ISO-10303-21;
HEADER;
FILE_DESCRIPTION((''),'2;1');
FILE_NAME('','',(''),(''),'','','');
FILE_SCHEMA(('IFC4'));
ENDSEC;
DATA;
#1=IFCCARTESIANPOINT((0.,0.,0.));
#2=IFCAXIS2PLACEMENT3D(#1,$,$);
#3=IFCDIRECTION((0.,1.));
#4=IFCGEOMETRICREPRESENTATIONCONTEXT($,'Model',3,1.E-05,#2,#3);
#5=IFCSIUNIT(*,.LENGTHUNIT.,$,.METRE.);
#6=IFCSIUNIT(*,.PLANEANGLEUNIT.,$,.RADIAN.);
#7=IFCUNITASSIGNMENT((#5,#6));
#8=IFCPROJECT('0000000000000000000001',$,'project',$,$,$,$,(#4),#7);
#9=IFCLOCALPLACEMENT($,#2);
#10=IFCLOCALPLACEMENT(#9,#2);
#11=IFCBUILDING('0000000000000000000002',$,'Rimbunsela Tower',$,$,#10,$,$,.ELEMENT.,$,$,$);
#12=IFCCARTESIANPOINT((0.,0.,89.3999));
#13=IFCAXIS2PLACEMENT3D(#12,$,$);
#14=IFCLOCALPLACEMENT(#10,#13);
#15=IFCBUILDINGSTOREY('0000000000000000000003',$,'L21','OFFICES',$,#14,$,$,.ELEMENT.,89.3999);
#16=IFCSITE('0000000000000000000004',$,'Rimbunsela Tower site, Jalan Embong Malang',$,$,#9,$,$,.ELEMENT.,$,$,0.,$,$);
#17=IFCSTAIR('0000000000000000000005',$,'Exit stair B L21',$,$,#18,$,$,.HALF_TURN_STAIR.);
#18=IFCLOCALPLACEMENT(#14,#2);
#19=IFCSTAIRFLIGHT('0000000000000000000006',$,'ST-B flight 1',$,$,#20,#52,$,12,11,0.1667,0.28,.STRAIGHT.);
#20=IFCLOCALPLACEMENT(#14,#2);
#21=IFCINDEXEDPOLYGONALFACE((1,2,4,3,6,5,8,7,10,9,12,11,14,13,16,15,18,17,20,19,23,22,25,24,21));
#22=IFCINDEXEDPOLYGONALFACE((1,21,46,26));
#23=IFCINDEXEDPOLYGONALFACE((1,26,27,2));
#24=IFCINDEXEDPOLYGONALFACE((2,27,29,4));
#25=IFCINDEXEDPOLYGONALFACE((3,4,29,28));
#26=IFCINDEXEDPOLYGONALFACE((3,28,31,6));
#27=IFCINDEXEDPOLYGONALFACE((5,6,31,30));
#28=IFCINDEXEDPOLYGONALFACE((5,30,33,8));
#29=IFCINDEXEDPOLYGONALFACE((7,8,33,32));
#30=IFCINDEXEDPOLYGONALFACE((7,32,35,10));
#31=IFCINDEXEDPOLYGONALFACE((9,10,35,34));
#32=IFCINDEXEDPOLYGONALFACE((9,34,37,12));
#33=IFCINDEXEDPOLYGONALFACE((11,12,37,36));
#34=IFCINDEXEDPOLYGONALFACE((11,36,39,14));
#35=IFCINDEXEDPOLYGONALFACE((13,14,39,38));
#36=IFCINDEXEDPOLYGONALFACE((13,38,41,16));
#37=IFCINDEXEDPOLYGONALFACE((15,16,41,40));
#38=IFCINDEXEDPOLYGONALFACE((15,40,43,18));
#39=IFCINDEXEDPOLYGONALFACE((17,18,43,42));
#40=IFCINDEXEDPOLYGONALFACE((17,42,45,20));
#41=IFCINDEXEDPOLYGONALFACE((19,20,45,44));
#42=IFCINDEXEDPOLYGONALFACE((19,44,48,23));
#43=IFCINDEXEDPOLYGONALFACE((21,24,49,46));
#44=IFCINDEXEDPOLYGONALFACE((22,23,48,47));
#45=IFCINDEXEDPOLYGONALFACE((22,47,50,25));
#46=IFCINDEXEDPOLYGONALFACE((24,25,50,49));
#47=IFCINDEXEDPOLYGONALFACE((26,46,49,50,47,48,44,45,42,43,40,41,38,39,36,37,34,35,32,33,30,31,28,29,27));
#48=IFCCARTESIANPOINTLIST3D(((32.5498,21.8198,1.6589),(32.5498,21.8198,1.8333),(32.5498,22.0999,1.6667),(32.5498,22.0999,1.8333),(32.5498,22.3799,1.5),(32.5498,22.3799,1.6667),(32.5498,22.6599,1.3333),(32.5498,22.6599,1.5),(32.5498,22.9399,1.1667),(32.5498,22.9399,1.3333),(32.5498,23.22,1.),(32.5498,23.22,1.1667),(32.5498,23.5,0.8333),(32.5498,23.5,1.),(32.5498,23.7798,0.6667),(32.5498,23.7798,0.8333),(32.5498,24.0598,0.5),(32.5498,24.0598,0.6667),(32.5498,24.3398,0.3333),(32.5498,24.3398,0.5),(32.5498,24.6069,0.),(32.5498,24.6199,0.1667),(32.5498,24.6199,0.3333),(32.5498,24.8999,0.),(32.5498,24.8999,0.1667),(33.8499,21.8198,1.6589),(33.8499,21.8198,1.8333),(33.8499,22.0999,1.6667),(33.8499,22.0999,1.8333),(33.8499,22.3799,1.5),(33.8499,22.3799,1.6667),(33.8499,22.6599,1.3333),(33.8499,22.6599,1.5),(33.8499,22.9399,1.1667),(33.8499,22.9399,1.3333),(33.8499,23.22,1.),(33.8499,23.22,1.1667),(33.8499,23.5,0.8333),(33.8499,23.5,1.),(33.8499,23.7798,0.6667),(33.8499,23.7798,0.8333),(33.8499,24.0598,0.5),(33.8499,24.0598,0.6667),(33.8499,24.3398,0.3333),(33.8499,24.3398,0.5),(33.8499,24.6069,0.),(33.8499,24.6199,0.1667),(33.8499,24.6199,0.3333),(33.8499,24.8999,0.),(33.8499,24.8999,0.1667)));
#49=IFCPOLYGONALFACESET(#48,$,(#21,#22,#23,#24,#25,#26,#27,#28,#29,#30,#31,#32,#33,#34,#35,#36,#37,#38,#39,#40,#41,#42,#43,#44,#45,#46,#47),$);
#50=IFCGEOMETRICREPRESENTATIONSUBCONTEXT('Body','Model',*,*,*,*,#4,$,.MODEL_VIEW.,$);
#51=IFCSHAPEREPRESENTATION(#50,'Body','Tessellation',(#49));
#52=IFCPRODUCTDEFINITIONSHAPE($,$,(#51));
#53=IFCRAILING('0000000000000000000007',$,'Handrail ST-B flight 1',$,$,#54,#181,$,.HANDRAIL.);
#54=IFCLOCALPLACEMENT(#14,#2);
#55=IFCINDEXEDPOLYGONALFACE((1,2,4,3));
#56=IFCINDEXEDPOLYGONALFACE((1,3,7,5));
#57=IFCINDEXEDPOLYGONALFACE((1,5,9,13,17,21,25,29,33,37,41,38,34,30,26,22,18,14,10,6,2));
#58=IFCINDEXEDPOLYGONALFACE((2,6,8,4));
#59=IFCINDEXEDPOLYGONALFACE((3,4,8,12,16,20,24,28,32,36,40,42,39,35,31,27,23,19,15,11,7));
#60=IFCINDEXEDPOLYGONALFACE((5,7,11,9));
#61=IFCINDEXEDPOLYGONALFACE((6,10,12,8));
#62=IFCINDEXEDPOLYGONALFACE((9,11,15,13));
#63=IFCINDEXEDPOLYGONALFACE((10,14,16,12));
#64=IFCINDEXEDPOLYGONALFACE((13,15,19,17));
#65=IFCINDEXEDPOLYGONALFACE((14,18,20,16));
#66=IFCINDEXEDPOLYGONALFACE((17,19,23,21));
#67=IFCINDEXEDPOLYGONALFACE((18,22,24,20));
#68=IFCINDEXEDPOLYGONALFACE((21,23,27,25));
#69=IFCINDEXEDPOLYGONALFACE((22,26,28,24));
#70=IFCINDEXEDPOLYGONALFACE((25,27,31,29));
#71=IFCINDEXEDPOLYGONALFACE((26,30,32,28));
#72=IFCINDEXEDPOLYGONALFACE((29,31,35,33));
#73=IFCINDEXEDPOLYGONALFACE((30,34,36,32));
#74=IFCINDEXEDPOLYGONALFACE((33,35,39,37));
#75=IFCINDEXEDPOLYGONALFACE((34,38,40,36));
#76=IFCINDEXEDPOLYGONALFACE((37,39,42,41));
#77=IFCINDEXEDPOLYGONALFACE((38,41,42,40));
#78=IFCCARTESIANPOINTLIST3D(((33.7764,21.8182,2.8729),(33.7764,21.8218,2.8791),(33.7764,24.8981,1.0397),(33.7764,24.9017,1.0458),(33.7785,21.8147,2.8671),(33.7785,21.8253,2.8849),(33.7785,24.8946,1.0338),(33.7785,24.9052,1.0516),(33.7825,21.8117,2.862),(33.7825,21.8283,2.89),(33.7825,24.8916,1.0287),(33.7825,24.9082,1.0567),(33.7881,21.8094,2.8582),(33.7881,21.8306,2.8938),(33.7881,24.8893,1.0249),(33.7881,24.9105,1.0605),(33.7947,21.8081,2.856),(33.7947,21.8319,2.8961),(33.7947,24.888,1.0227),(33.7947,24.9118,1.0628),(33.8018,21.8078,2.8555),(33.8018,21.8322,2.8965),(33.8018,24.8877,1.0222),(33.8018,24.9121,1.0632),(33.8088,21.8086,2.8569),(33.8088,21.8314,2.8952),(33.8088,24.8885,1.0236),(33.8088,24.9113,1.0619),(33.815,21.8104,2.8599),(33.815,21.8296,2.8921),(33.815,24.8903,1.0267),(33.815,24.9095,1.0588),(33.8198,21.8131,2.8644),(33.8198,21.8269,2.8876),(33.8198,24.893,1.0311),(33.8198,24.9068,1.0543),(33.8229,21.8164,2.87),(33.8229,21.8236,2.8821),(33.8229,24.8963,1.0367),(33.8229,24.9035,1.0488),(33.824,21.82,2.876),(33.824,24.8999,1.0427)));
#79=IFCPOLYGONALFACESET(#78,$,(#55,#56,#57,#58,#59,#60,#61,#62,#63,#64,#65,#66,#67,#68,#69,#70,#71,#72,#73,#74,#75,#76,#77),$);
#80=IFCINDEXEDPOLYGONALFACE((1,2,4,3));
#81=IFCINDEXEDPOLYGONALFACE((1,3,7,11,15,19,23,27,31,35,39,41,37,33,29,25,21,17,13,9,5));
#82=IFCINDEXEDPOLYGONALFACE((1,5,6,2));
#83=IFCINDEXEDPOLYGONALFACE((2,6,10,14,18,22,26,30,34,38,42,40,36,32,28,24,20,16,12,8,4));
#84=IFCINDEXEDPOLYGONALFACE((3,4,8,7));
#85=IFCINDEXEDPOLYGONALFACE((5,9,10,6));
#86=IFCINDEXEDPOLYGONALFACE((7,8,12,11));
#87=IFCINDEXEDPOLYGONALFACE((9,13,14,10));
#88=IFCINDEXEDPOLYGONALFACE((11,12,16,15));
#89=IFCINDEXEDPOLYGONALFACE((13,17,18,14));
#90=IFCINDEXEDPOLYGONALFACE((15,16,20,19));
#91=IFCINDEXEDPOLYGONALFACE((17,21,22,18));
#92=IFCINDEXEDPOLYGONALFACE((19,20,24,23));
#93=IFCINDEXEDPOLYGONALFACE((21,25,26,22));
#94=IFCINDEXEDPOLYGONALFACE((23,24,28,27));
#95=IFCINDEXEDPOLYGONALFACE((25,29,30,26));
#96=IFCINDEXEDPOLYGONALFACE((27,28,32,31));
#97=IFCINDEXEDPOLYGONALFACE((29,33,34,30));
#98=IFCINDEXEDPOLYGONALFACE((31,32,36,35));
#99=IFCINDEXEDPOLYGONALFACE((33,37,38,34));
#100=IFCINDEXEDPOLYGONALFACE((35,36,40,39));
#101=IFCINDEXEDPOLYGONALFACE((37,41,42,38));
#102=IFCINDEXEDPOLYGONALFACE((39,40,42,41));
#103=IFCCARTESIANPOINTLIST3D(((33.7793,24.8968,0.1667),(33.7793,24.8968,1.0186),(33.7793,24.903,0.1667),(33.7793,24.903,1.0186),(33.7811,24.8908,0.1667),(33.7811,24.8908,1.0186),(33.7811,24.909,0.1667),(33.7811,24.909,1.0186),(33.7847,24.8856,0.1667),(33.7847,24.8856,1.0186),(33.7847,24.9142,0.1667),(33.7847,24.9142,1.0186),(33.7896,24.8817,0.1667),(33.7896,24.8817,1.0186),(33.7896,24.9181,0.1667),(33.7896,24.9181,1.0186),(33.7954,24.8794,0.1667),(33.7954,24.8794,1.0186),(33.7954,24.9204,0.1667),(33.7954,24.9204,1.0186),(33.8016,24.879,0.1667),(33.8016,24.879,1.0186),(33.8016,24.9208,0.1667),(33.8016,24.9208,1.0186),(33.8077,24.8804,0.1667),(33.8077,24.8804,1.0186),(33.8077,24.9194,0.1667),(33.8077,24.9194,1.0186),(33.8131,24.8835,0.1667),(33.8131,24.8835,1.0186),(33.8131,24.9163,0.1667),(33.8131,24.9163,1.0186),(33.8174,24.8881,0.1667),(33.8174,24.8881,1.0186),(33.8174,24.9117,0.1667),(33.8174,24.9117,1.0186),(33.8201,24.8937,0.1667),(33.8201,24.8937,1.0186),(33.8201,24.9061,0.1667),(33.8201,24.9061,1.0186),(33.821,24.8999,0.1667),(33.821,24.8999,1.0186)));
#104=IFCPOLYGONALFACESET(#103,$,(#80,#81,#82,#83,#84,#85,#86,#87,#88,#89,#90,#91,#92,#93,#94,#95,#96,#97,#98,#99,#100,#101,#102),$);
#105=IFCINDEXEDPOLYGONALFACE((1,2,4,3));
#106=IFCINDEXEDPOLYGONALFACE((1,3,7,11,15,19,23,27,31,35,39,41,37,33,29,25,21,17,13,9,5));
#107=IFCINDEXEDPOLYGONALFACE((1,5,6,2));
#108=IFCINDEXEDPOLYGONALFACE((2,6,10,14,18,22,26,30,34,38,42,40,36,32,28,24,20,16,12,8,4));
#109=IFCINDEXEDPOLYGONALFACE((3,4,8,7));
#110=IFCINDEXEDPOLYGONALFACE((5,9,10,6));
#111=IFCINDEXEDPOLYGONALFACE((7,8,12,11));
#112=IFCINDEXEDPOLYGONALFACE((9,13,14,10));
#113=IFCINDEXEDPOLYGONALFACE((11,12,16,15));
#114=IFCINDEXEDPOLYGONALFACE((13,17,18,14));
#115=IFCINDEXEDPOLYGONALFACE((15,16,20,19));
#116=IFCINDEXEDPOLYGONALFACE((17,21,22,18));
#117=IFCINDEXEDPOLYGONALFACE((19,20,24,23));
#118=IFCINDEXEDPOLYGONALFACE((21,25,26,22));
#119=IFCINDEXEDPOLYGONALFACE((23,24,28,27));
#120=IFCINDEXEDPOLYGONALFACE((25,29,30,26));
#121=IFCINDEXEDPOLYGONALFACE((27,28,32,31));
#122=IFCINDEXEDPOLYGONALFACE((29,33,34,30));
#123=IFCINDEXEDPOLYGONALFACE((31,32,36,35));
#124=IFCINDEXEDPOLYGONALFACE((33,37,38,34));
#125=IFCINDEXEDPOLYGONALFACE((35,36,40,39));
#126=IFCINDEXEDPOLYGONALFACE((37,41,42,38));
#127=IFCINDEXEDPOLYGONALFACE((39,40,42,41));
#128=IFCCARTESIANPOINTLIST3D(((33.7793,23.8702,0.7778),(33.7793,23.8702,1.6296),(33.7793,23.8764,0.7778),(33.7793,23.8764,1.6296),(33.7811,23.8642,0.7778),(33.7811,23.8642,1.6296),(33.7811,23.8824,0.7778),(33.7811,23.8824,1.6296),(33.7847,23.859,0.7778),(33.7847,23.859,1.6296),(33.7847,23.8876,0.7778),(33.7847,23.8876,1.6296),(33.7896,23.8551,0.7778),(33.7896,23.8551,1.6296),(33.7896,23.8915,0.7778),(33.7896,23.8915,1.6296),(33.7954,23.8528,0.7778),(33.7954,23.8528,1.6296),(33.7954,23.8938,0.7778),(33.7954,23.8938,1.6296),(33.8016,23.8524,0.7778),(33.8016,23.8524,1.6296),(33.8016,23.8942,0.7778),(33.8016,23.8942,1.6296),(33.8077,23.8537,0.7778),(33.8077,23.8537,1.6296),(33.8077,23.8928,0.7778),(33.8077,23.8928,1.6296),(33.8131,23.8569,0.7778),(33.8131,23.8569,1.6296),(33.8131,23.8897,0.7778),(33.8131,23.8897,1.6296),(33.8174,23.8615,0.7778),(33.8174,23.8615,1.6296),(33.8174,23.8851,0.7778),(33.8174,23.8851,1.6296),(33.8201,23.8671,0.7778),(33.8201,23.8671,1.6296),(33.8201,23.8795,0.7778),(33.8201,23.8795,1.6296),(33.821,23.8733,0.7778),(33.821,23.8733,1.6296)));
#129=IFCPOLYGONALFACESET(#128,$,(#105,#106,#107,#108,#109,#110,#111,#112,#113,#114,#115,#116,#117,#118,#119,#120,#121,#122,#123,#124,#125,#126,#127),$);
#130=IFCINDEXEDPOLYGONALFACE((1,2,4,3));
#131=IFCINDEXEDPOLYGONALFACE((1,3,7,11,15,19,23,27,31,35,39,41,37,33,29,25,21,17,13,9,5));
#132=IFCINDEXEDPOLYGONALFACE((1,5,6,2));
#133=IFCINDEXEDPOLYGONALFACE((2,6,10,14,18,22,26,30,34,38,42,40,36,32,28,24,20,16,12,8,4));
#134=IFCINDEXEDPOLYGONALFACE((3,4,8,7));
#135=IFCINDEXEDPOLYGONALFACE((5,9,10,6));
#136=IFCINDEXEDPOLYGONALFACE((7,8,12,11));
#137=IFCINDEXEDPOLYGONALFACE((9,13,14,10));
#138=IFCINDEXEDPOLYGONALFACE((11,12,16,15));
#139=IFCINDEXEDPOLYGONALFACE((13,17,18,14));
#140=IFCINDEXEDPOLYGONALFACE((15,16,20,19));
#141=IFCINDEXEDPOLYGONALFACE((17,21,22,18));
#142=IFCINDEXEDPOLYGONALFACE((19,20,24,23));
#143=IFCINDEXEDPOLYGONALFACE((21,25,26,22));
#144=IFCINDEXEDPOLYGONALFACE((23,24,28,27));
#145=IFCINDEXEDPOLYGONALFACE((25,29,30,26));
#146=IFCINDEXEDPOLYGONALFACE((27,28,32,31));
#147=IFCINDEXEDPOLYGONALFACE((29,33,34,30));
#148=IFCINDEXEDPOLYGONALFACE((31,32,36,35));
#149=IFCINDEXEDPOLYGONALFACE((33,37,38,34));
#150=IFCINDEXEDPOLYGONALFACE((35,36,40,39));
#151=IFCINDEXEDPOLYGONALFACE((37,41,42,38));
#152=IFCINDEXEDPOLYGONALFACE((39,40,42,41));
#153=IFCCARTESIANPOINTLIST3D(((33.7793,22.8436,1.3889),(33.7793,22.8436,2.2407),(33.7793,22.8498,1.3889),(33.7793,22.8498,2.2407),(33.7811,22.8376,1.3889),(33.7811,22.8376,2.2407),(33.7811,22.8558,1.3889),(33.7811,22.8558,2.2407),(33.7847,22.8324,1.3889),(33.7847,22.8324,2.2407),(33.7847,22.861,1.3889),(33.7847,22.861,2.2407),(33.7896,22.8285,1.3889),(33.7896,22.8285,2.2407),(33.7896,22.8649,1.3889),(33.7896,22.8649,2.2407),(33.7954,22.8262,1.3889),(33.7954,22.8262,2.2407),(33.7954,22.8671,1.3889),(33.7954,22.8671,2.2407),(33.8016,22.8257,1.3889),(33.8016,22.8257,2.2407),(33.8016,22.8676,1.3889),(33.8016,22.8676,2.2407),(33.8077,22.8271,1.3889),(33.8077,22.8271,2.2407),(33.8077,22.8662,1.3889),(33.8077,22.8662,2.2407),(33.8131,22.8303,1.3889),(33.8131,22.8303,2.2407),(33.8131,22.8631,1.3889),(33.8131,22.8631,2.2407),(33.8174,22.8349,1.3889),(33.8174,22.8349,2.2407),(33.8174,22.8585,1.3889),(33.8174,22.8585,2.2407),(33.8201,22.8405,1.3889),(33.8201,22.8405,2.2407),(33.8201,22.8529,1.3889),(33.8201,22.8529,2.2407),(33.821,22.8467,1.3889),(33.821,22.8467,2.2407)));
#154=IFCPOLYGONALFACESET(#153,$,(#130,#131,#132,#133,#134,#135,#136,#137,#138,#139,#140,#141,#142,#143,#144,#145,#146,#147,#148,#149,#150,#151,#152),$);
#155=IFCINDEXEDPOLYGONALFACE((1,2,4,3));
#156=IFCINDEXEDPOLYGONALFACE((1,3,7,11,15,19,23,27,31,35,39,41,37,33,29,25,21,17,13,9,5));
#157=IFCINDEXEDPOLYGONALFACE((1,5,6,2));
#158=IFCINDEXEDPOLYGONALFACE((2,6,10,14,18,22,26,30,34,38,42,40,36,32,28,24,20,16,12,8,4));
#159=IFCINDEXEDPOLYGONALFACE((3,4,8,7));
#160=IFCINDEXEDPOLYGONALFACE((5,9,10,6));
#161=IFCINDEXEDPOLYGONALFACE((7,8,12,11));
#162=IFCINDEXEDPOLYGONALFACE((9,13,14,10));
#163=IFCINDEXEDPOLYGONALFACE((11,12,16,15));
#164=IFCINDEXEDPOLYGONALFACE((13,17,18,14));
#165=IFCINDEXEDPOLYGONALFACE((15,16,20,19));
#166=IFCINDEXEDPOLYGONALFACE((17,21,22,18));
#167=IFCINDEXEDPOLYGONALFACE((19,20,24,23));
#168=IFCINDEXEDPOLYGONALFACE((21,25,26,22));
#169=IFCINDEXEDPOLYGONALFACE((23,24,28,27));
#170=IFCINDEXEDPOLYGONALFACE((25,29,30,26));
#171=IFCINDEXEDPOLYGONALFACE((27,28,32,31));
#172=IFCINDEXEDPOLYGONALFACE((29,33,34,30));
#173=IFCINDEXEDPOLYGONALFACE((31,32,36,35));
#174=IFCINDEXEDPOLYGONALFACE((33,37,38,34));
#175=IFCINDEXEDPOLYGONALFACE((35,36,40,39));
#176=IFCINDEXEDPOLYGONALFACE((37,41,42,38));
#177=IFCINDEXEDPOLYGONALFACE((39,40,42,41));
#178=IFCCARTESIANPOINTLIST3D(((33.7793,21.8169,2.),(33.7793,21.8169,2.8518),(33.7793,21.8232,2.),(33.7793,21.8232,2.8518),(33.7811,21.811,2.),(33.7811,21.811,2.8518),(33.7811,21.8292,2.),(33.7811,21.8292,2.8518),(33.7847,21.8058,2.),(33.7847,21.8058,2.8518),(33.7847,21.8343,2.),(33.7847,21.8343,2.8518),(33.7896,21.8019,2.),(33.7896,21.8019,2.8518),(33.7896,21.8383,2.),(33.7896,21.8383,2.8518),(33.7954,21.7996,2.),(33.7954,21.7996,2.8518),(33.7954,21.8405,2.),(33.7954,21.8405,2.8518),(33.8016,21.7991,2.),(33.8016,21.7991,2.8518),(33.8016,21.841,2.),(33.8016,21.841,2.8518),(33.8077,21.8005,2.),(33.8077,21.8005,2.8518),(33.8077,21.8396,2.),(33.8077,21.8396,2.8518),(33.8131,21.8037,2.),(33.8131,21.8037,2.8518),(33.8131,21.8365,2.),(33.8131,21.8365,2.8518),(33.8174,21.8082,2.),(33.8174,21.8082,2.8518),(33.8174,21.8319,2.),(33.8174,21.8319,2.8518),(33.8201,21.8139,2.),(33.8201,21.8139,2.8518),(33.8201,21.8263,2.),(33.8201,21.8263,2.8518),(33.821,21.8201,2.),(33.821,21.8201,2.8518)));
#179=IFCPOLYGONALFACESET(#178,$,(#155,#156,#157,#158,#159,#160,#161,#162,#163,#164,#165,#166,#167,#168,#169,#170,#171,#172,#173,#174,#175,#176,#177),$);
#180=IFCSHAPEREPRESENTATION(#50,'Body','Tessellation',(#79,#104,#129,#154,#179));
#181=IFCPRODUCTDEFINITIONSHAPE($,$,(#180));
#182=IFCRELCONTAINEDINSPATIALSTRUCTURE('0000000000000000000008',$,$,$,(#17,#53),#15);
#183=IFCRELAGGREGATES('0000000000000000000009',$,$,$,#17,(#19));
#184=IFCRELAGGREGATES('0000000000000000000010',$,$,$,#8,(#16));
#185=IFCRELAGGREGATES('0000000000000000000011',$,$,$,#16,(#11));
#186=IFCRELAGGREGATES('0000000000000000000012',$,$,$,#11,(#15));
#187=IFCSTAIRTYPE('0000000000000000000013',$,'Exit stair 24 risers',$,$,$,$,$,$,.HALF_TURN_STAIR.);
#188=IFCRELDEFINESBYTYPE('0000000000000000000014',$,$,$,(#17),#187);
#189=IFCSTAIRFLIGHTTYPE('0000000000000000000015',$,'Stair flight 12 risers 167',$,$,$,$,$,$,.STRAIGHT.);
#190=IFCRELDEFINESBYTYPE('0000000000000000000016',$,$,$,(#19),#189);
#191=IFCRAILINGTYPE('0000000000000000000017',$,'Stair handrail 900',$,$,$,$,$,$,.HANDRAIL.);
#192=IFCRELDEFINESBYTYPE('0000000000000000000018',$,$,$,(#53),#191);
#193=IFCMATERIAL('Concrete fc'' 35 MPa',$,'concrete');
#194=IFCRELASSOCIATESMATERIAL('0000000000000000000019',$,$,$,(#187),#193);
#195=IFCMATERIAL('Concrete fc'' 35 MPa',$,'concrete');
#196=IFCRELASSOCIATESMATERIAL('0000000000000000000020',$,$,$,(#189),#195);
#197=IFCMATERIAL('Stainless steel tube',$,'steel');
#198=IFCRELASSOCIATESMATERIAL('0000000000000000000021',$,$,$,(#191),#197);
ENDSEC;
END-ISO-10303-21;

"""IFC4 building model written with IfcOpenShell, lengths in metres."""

from ifc_helpers import new_model, si_unit, direction, frame, origin, origin_2d, place, context, subcontext, project, spatial, polyline, circle, outline, extrude, material, type_object, element, aggregate, save


model = new_model("IFC4")

# Units and contexts
model_context = context("Model", 3, precision=1e-05, world=origin(), true_north=direction((0.0, 1.0)))
body_context = subcontext(model_context, "Body", "Model", "MODEL_VIEW")
ifc_project = project(units=[si_unit("LENGTHUNIT", "METRE"), si_unit("PLANEANGLEUNIT", "RADIAN")], contexts=[model_context])

# Site, building, storey
site_placement = place(None, origin())
site = spatial("IfcSite", under=ifc_project, at=site_placement, Name="Rimbunsela Tower site, Jalan Embong Malang", CompositionType="ELEMENT", RefElevation=0.0)
building_placement = place(site_placement, origin())
building = spatial("IfcBuilding", under=site, at=building_placement, Name="Rimbunsela Tower", CompositionType="ELEMENT")
storey_placement = place(building_placement, frame((0.0, 0.0, 89.3999)))
storey = spatial("IfcBuildingStorey", under=building, at=storey_placement, Name="L21", Description="OFFICES", CompositionType="ELEMENT", Elevation=89.3999)

# Stair, stair flight
ifc_material_1 = material(Name="Concrete fc' 35 MPa", Category="concrete")
stair_type = type_object("IfcStairType", Name="Exit stair 24 risers", PredefinedType="HALF_TURN_STAIR", material=ifc_material_1)
stair_placement = place(storey_placement, origin())
stair = element("IfcStair", 1, at=stair_placement, inside=storey, type_object=stair_type, Name="Exit stair B L21", PredefinedType="HALF_TURN_STAIR")
ifc_material_2 = material(Name="Concrete fc' 35 MPa", Category="concrete")
stair_flight_type = type_object("IfcStairFlightType", Name="Stair flight 12 risers 167", PredefinedType="STRAIGHT", material=ifc_material_2)
stair_flight_placement = place(storey_placement, frame((33.2, 24.8999, 0.0), z_axis=(0.0, 0.0, 1.0), x_axis=(0.0, -1.0, 0.0)))
stair_flight = element("IfcStairFlight", 2, at=stair_flight_placement, type_object=stair_flight_type, Name="ST-B flight 1", NumberOfRisers=12, NumberOfTreads=11, PredefinedType="STRAIGHT", RiserHeight=0.1667, TreadLength=0.28, context=body_context, shape_type="SweptSolid", body=[
    extrude(outline(polyline([(0.0, 0.0), (0.0, 0.1667), (0.28, 0.1667), (0.28, 0.3333), (0.5601, 0.3333), (0.5601, 0.5), (0.8401, 0.5), (0.8401, 0.6667), (1.1201, 0.6667), (1.1201, 0.8333), (1.3999, 0.8333), (1.3999, 1.0), (1.6799, 1.0), (1.6799, 1.1667), (1.96, 1.1667), (1.96, 1.3333), (2.24, 1.3333), (2.24, 1.5), (2.52, 1.5), (2.52, 1.6667), (2.8, 1.6667), (2.8, 1.8333), (3.0801, 1.8333), (3.0801, 2.0), (3.0801, 1.6589), (0.293, 0.0), (0.0, 0.0)])), frame((0.0, 0.6499, 0.0), z_axis=(0.0, -1.0, 0.0), x_axis=(1.0, 0.0, 0.0)), (0.0, 0.0, 1.0), 1.3),
])
aggregate(stair, [stair_flight])

# Railing
ifc_material_3 = material(Name="Stainless steel tube", Category="steel")
railing_type = type_object("IfcRailingType", Name="Stair handrail 900", PredefinedType="HANDRAIL", material=ifc_material_3)
railing_placement = place(storey_placement, frame((33.8, 24.8999, 0.1667)))
element("IfcRailing", 3, at=railing_placement, inside=storey, type_object=railing_type, Name="Handrail ST-B flight 1", PredefinedType="HANDRAIL", context=body_context, shape_type="SweptSolid", body=[
    extrude(circle(Radius=0.0239, at=origin_2d()), frame((0.0, 0.0, 0.876), z_axis=(0.0, -0.859291, 0.511487), x_axis=(1.0, 0.0, 0.0)), (0.0, 0.0, 1.0), 3.5842),
    extrude(circle(Radius=0.021, at=origin_2d()), origin(), (0.0, 0.0, 1.0), 0.8518),
    extrude(circle(Radius=0.021, at=origin_2d()), frame((0.0, -1.0266, 0.6111)), (0.0, 0.0, 1.0), 0.8518),
    extrude(circle(Radius=0.021, at=origin_2d()), frame((0.0, -2.0532, 1.2222)), (0.0, 0.0, 1.0), 0.8518),
    extrude(circle(Radius=0.021, at=origin_2d()), frame((0.0, -3.0798, 1.8333)), (0.0, 0.0, 1.0), 0.8518),
])

save(model, "model.ifc")
